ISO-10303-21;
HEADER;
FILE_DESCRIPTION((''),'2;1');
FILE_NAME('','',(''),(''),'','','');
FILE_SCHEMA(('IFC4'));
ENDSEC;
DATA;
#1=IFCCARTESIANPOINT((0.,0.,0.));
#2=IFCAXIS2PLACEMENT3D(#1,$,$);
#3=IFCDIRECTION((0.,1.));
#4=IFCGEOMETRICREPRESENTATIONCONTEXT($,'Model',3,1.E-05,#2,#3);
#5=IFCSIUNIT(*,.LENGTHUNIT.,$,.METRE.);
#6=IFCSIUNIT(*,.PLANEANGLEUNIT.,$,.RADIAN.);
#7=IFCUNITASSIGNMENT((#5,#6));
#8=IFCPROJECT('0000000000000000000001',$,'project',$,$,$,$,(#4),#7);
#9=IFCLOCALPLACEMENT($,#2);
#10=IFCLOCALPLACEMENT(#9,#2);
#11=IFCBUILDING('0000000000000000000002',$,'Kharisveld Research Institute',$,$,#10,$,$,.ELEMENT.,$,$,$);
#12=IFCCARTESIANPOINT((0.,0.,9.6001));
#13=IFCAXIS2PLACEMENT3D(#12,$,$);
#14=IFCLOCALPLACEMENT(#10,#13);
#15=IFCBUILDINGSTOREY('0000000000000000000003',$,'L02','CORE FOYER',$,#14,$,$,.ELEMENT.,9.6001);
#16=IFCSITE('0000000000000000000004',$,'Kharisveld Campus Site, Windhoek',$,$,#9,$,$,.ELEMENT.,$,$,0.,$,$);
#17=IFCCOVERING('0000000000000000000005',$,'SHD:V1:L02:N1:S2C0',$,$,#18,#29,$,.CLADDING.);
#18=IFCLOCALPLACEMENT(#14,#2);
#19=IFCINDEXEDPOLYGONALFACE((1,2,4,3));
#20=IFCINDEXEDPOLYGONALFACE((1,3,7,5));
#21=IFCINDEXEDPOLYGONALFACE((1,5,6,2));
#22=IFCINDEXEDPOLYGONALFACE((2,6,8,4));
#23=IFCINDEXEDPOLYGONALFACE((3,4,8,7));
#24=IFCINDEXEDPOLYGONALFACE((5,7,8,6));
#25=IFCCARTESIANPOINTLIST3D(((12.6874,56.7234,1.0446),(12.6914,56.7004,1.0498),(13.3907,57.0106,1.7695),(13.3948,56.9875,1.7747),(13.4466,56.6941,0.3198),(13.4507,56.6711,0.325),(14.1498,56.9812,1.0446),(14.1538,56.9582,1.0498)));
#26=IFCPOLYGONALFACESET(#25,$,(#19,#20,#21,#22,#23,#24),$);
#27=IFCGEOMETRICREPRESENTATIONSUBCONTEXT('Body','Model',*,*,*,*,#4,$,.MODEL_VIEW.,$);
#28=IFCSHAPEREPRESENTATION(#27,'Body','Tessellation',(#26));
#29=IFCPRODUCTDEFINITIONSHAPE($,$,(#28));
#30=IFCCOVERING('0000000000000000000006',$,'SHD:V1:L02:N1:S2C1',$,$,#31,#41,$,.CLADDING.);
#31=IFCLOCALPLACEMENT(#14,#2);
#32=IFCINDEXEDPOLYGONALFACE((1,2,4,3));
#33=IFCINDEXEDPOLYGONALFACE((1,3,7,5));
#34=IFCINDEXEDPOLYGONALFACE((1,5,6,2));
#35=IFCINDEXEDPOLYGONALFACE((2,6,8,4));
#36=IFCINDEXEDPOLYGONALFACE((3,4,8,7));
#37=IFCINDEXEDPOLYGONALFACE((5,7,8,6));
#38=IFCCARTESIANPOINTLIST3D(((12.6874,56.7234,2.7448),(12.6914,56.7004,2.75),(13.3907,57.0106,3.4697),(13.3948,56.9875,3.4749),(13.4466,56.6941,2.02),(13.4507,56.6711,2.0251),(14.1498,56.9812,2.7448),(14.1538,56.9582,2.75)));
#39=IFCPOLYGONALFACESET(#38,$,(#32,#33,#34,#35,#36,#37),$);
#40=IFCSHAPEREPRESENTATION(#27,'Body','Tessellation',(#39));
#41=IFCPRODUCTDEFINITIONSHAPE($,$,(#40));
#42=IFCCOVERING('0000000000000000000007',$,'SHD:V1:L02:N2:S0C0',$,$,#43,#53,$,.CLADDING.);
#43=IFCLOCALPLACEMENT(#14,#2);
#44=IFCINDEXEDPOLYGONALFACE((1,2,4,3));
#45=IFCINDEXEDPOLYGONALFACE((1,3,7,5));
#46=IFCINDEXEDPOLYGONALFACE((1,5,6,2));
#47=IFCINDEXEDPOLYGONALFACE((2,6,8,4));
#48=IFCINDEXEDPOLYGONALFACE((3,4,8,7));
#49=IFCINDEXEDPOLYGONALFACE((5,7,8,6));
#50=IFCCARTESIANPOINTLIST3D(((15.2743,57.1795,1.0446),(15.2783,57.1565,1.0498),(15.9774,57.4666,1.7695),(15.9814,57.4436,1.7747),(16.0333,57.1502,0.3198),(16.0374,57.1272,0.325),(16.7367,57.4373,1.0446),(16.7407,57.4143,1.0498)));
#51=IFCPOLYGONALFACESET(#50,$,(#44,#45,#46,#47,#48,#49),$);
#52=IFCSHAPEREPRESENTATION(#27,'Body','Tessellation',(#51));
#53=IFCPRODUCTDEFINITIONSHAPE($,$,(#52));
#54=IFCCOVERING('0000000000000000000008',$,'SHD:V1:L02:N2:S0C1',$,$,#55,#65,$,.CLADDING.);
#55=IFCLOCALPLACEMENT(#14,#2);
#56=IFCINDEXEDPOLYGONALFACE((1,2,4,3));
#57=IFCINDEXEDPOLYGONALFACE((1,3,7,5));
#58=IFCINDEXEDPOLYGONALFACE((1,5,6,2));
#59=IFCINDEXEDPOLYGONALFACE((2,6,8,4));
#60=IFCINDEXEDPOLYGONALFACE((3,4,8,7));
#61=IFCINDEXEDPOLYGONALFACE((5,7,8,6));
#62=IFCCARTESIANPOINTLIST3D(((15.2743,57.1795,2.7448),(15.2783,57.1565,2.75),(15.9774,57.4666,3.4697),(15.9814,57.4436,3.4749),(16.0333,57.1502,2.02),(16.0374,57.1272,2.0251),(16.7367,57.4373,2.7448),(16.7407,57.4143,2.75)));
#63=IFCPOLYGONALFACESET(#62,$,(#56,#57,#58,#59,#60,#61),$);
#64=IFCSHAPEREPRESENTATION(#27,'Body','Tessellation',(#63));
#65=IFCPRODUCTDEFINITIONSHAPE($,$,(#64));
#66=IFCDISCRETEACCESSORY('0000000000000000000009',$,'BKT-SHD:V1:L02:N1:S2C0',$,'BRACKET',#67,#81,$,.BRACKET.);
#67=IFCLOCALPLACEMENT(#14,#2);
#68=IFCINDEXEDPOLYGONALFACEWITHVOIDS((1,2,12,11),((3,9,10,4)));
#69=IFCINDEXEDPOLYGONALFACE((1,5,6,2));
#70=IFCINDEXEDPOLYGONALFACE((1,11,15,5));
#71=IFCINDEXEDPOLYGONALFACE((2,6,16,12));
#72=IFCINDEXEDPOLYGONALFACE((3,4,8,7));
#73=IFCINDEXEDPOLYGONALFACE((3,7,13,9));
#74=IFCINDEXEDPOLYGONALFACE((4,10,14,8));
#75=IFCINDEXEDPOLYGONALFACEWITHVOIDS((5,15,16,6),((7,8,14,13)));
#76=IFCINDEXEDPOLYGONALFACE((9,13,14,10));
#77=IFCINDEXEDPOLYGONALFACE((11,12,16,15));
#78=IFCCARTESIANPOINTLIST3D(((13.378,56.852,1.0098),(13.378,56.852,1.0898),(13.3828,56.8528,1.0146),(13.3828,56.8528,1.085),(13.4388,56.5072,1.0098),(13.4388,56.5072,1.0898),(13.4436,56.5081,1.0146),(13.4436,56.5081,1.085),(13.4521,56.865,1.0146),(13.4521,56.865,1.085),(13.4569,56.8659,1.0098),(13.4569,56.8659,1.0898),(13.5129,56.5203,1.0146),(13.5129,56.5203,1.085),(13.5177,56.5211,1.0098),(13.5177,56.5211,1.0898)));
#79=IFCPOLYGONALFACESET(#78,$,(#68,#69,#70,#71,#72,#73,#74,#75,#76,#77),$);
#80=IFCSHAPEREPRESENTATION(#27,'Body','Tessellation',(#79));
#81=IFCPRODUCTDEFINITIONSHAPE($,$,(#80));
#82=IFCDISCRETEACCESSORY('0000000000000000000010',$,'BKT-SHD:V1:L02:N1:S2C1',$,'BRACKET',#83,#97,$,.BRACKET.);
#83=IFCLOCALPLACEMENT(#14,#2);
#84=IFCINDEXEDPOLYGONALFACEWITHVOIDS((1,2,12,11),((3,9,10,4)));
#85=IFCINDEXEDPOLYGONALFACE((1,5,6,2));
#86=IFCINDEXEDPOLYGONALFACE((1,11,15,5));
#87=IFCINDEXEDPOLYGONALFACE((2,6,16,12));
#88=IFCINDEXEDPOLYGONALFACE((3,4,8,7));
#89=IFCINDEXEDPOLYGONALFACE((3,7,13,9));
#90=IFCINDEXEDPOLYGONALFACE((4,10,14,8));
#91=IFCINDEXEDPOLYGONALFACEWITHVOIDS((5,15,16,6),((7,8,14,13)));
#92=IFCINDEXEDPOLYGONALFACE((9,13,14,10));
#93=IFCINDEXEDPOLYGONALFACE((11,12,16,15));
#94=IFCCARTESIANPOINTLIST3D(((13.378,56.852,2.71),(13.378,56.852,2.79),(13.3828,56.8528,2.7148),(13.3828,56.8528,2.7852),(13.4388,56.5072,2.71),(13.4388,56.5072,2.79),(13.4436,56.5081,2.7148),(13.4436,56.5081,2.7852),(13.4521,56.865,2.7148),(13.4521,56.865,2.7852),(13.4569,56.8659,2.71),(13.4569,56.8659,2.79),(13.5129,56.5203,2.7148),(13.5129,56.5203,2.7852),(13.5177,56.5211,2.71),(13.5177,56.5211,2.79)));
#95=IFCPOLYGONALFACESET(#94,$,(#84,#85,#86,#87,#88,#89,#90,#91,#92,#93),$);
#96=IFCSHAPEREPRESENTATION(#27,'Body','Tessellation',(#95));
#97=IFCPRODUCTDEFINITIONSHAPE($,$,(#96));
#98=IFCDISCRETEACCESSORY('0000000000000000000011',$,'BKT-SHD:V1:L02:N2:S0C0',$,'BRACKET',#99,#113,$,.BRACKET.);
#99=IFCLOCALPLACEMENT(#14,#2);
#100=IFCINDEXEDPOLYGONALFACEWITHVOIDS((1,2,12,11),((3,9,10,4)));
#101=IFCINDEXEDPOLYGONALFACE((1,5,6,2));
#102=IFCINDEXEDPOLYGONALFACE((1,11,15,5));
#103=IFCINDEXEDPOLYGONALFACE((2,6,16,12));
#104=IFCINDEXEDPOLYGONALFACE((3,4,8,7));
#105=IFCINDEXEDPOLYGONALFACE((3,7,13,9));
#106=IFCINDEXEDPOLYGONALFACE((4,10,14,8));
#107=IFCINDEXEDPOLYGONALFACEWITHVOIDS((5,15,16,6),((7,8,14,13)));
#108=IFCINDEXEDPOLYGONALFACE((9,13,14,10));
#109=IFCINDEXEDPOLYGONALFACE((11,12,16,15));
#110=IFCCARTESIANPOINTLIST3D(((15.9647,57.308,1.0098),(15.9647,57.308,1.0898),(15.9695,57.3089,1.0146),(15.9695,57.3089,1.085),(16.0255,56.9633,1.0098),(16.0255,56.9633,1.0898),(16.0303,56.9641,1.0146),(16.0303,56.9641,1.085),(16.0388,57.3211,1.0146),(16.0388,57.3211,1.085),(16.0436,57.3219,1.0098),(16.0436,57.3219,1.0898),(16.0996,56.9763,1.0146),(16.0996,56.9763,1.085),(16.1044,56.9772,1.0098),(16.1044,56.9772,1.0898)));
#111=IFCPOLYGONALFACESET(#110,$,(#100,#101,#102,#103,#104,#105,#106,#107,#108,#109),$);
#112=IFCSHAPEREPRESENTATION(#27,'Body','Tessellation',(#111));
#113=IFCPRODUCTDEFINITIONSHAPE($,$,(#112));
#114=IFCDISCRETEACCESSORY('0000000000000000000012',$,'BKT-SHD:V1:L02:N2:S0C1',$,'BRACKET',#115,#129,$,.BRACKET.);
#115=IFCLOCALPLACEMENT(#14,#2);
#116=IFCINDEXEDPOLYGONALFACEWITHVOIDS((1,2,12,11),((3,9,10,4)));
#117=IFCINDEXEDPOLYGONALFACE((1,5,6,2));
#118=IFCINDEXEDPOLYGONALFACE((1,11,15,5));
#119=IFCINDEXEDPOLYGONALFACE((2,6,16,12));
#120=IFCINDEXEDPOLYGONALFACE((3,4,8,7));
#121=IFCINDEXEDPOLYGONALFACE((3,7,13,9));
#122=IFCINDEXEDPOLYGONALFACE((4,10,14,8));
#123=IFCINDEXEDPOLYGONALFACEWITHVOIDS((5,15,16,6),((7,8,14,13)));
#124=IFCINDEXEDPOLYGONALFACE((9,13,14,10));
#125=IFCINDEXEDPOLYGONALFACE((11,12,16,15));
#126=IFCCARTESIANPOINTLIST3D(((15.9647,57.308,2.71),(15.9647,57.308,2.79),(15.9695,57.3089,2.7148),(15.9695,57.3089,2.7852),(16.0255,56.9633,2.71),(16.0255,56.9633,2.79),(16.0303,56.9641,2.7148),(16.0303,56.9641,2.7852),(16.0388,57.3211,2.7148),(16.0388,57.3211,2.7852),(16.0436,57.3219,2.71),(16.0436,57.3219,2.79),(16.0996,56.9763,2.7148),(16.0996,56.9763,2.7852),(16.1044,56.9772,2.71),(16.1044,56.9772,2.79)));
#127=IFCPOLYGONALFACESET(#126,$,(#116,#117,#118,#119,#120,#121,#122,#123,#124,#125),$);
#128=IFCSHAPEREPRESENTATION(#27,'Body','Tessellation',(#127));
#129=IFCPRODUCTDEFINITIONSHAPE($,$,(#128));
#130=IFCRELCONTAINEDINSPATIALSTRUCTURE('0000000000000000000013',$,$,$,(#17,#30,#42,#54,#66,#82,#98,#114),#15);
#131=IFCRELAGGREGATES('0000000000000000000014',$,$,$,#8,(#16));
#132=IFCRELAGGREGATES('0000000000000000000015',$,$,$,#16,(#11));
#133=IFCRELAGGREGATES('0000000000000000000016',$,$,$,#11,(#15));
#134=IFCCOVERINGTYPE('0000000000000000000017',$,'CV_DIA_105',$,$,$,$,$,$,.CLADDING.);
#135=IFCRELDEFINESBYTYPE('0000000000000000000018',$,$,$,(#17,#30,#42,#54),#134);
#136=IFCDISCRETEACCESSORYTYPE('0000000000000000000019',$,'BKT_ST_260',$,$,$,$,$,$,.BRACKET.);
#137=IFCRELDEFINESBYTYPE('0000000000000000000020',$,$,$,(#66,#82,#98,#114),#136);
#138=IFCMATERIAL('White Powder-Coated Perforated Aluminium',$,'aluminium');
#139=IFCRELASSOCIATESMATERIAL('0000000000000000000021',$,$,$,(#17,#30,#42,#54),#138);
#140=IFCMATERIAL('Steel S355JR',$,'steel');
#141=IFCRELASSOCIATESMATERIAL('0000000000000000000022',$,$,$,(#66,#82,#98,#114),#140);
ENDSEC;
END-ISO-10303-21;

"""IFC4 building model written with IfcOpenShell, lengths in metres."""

from ifc_helpers import new_model, si_unit, direction, frame, origin, origin_2d, place, context, subcontext, project, spatial, polyline, hollow_rectangle, outline, extrude, material, type_object, element, save


model = new_model("IFC4")

# Units and contexts
model_context = context("Model", 3, precision=1e-05, world=origin(), true_north=direction((0.0, 1.0)))
body_context = subcontext(model_context, "Body", "Model", "MODEL_VIEW")
ifc_project = project(units=[si_unit("LENGTHUNIT", "METRE"), si_unit("PLANEANGLEUNIT", "RADIAN")], contexts=[model_context])

# Site, building, storey
site_placement = place(None, origin())
site = spatial("IfcSite", under=ifc_project, at=site_placement, Name="Kharisveld Campus Site, Windhoek", CompositionType="ELEMENT", RefElevation=0.0)
building_placement = place(site_placement, origin())
building = spatial("IfcBuilding", under=site, at=building_placement, Name="Kharisveld Research Institute", CompositionType="ELEMENT")
storey_placement = place(building_placement, frame((0.0, 0.0, 9.6001)))
storey = spatial("IfcBuildingStorey", under=building, at=storey_placement, Name="L02", Description="CORE FOYER", CompositionType="ELEMENT", Elevation=9.6001)

# Coverings
ifc_material_1 = material(Name="White Powder-Coated Perforated Aluminium", Category="aluminium")
covering_type = type_object("IfcCoveringType", Name="CV_DIA_105", PredefinedType="CLADDING")
for number, where, z_axis, x_axis, name in (
    (1, (13.4507, 56.6711, 0.325), (0.169503, -0.961481, 0.216385), (0.669728, 0.273452, 0.690426), "SHD:V1:L02:N1:S2C0"),
    (2, (13.4507, 56.6711, 2.0251), (0.169503, -0.961481, 0.216385), (0.669728, 0.273452, 0.690426), "SHD:V1:L02:N1:S2C1"),
):
    element("IfcCovering", number, at=place(storey_placement, frame(where, z_axis=z_axis, x_axis=x_axis)), inside=storey, type_object=covering_type, material=ifc_material_1, Name=name, PredefinedType="CLADDING", context=body_context, shape_type="SweptSolid", body=[
        extrude(outline(polyline([(0.0, 0.0), (1.0499, 0.0), (1.05, 1.05), (0.0, 1.0501), (0.0, 0.0)])), origin(), (0.0, 0.0, -1.0), 0.0239),
    ])
for number, where, z_axis, x_axis, name in (
    (3, (16.0374, 57.1272, 0.325), (0.169503, -0.961481, 0.216385), (0.66985, 0.273447, 0.69031), "SHD:V1:L02:N2:S0C0"),
    (4, (16.0374, 57.1272, 2.0251), (0.169503, -0.961481, 0.216385), (0.66985, 0.273447, 0.69031), "SHD:V1:L02:N2:S0C1"),
):
    element("IfcCovering", number, at=place(storey_placement, frame(where, z_axis=z_axis, x_axis=x_axis)), inside=storey, type_object=covering_type, material=ifc_material_1, Name=name, PredefinedType="CLADDING", context=body_context, shape_type="SweptSolid", body=[
        extrude(outline(polyline([(0.0, 0.0), (1.05, 0.0), (1.0498, 1.0501), (-0.0001, 1.05), (0.0, 0.0)])), origin(), (0.0, 0.0, -1.0), 0.0239),
    ])

# Discrete accessories
ifc_material_2 = material(Name="Steel S355JR", Category="steel")
discrete_accessory_type = type_object("IfcDiscreteAccessoryType", Name="BKT_ST_260", PredefinedType="BRACKET")
for number, where, z_axis, x_axis, name in (
    (5, (13.4783, 56.5142, 1.0498), (-0.173666, 0.984805, 0.0), (-0.984805, -0.173666, 0.0), "BKT-SHD:V1:L02:N1:S2C0"),
    (6, (13.4783, 56.5142, 2.75), (-0.173666, 0.984805, 0.0), (-0.984805, -0.173666, 0.0), "BKT-SHD:V1:L02:N1:S2C1"),
    (7, (16.0649, 56.9702, 1.0498), (-0.173666, 0.984805, 0.0), (-0.984805, -0.173666, 0.0), "BKT-SHD:V1:L02:N2:S0C0"),
    (8, (16.0649, 56.9702, 2.75), (-0.173666, 0.984805, 0.0), (-0.984805, -0.173666, 0.0), "BKT-SHD:V1:L02:N2:S0C1"),
):
    element("IfcDiscreteAccessory", number, at=place(storey_placement, frame(where, z_axis=z_axis, x_axis=x_axis)), inside=storey, type_object=discrete_accessory_type, material=ifc_material_2, Name=name, ObjectType="BRACKET", PredefinedType="BRACKET", context=body_context, shape_type="SweptSolid", body=[
        extrude(hollow_rectangle(XDim=0.0801, YDim=0.0801, WallThickness=0.0049, at=origin_2d()), origin(), (0.0, 0.0, 1.0), 0.3501),
    ])

save(model, "model.ifc")
